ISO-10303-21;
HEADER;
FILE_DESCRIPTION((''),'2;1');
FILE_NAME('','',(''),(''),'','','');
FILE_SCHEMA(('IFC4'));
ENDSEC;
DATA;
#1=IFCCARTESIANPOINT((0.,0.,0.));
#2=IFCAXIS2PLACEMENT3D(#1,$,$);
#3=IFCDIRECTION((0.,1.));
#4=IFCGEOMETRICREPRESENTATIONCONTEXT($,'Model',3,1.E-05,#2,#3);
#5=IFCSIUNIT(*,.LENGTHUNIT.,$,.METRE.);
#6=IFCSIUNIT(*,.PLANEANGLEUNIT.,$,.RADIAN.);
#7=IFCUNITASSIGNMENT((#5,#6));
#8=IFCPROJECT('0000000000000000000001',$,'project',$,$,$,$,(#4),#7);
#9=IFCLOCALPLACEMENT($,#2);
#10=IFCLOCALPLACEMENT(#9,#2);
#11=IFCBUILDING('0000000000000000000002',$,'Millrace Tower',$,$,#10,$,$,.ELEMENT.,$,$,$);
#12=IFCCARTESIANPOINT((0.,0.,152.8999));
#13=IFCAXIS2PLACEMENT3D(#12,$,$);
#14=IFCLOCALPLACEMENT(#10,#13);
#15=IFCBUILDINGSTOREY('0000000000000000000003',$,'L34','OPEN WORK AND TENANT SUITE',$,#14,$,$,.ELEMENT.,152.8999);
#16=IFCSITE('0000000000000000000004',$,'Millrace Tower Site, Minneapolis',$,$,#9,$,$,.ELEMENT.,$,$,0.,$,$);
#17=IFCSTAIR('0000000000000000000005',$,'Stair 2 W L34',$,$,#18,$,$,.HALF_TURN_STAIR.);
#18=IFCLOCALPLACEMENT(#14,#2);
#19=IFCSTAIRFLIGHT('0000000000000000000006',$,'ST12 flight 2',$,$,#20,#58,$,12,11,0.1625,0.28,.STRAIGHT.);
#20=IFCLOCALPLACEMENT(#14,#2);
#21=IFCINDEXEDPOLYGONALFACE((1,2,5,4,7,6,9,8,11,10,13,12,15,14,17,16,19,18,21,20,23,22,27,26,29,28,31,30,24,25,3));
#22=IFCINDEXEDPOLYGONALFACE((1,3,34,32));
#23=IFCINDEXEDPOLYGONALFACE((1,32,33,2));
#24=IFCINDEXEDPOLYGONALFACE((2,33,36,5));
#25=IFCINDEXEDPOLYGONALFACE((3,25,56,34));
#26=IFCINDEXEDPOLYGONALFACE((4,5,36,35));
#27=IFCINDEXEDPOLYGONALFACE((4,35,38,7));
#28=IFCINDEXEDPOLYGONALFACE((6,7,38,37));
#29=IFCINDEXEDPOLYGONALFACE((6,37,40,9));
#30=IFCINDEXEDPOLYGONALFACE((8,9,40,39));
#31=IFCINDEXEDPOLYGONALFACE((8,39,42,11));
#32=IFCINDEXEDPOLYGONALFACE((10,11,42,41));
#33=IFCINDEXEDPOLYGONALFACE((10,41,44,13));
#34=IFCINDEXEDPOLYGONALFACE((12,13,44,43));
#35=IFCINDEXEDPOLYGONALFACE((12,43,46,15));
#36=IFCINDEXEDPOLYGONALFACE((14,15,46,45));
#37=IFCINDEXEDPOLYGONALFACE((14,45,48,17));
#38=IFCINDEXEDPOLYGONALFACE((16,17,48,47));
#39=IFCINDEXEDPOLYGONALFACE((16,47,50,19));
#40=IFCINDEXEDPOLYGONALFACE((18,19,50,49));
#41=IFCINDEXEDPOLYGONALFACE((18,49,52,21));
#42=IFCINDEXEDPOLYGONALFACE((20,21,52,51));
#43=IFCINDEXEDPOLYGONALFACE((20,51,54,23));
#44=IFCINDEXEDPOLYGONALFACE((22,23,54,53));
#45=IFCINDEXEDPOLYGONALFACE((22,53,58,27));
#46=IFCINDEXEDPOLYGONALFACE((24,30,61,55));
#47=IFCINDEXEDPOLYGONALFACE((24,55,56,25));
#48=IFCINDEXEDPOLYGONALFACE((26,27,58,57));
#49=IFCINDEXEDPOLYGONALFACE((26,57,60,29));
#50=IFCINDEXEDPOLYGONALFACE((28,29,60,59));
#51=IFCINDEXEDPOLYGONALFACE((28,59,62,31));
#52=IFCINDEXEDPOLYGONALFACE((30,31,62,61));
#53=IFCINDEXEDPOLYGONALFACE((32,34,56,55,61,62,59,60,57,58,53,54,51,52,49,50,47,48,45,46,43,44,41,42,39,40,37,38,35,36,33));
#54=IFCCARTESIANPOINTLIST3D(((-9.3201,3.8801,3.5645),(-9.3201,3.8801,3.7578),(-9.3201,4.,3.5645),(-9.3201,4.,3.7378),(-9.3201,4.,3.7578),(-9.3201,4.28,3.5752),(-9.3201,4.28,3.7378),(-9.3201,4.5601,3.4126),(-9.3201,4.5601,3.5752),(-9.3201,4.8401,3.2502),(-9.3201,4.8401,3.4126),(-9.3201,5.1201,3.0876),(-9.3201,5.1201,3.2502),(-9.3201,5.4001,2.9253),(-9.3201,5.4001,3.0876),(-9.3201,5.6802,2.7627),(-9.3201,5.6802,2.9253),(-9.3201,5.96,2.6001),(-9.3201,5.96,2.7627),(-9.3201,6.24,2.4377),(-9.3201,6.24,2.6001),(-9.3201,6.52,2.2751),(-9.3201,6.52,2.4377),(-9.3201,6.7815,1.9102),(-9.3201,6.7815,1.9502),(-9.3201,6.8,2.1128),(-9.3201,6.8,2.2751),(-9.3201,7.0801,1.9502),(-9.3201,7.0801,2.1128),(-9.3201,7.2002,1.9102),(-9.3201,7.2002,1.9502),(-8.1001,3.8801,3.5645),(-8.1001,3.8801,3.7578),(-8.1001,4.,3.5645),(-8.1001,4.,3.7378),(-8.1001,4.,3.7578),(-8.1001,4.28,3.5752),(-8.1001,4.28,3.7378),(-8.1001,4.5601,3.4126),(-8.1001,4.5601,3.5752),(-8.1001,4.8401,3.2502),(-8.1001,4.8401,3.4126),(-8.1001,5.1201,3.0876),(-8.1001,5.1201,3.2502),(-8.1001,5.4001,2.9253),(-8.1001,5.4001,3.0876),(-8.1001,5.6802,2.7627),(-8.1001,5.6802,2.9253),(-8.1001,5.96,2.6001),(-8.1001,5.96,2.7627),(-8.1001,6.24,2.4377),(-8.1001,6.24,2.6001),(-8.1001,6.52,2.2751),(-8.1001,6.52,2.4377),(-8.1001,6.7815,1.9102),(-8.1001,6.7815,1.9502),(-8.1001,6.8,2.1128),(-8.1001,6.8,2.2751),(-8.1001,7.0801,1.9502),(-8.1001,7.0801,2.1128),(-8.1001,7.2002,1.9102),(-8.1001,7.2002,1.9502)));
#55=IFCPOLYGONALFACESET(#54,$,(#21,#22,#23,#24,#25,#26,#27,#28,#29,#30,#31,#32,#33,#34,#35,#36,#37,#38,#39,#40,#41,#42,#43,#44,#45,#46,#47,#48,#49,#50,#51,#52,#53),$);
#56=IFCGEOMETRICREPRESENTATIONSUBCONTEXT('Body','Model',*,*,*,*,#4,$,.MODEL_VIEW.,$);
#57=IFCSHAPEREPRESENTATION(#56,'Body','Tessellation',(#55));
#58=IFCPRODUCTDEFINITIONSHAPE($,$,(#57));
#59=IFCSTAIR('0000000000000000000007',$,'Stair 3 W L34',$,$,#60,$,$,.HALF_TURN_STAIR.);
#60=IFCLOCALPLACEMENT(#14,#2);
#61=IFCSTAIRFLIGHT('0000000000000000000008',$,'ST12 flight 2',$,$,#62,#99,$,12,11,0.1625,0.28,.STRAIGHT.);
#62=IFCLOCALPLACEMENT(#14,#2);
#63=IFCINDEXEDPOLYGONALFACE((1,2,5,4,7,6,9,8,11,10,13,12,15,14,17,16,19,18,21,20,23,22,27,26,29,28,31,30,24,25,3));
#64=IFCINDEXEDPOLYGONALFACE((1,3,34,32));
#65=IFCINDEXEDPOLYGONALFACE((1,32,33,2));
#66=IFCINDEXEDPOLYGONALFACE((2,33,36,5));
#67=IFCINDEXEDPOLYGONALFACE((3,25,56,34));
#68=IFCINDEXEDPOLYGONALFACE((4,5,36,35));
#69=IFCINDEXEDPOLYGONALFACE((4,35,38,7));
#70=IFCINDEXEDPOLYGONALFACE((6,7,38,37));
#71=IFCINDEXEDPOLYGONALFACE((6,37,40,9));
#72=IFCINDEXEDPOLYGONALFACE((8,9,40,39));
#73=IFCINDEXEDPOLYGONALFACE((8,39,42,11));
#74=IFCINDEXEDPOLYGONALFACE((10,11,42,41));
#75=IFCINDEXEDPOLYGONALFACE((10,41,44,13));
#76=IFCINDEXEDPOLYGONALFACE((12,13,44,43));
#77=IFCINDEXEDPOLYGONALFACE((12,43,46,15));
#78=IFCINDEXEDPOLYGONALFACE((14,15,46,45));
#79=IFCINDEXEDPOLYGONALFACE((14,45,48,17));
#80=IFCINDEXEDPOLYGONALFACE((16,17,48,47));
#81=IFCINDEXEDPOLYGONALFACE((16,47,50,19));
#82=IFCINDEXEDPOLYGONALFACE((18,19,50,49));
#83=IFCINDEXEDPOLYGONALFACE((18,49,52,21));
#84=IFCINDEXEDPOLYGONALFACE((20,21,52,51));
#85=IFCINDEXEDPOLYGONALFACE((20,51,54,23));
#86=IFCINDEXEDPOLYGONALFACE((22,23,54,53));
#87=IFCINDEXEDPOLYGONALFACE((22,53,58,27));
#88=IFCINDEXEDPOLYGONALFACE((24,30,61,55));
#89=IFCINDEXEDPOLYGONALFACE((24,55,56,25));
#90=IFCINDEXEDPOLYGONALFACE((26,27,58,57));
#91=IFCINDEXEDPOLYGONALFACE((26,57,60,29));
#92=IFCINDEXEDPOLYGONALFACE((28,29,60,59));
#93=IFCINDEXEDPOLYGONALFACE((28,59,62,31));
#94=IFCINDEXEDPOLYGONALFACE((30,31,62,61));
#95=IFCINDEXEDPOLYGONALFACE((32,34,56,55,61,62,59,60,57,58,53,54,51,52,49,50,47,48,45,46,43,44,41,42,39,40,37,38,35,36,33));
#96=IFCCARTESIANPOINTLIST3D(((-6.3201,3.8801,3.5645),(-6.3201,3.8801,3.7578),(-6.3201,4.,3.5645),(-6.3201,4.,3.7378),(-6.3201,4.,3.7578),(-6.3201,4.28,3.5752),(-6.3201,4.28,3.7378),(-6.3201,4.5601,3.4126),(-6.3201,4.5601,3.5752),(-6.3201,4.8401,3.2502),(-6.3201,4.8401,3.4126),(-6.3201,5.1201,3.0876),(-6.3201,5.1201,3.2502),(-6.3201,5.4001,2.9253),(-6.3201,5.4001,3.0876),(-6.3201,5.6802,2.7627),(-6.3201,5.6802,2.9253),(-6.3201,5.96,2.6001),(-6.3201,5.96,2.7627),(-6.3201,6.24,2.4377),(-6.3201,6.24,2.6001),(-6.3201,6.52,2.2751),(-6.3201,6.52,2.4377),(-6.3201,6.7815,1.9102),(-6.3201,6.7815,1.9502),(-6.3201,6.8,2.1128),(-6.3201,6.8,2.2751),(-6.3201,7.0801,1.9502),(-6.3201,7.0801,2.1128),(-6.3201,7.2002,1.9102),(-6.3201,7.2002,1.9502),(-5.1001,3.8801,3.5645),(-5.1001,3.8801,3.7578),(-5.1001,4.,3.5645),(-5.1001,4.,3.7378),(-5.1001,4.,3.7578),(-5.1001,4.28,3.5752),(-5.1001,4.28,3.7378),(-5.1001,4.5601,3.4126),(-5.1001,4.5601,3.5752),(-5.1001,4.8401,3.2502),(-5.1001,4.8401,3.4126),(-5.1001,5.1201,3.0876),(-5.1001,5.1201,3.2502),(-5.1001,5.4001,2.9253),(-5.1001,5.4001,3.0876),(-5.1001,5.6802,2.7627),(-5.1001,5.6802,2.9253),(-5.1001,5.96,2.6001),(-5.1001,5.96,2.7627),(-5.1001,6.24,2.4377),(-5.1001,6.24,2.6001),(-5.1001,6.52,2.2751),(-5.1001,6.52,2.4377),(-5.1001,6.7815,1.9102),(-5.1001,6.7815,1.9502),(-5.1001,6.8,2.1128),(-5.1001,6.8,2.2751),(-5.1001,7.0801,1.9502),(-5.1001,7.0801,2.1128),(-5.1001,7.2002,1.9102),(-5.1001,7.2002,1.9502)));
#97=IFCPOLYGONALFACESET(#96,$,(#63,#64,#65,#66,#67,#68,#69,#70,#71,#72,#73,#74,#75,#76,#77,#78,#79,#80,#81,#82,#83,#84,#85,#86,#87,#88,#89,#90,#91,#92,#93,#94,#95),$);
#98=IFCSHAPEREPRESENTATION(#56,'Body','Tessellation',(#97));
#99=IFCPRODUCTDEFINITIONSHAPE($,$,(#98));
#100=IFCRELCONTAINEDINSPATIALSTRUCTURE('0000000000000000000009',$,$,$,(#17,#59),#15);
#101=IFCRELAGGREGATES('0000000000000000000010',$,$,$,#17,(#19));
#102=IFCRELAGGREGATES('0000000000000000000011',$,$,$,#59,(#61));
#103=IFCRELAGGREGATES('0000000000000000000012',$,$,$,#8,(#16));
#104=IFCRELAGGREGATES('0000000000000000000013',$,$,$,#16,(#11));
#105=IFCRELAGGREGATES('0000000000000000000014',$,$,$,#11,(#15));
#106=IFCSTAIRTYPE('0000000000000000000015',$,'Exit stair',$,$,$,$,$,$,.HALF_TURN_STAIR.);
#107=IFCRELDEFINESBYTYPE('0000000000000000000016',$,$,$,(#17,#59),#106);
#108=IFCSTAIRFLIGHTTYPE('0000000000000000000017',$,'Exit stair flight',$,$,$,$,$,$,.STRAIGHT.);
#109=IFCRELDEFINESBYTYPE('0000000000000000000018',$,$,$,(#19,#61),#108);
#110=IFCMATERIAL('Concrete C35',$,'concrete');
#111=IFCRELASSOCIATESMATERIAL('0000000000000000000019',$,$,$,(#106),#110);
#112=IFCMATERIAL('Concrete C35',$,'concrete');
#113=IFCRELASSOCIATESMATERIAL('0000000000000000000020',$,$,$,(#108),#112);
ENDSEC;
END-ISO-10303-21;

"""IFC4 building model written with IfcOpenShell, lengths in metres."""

from ifc_helpers import new_model, si_unit, direction, frame, origin, place, context, subcontext, project, spatial, polyline, outline, extrude, material, type_object, element, aggregate, save


model = new_model("IFC4")

# Units and contexts
model_context = context("Model", 3, precision=1e-05, world=origin(), true_north=direction((0.0, 1.0)))
body_context = subcontext(model_context, "Body", "Model", "MODEL_VIEW")
ifc_project = project(units=[si_unit("LENGTHUNIT", "METRE"), si_unit("PLANEANGLEUNIT", "RADIAN")], contexts=[model_context])

# Site, building, storey
site_placement = place(None, origin())
site = spatial("IfcSite", under=ifc_project, at=site_placement, Name="Millrace Tower Site, Minneapolis", CompositionType="ELEMENT", RefElevation=0.0)
building_placement = place(site_placement, origin())
building = spatial("IfcBuilding", under=site, at=building_placement, Name="Millrace Tower", CompositionType="ELEMENT")
storey_placement = place(building_placement, frame((0.0, 0.0, 152.8999)))
storey = spatial("IfcBuildingStorey", under=building, at=storey_placement, Name="L34", Description="OPEN WORK AND TENANT SUITE", CompositionType="ELEMENT", Elevation=152.8999)

# Shared definitions
placement = place(storey_placement, origin())

# Stairs, stair flights
ifc_material_1 = material(Name="Concrete C35", Category="concrete")
stair_type = type_object("IfcStairType", Name="Exit stair", PredefinedType="HALF_TURN_STAIR", material=ifc_material_1)
stair_1 = element("IfcStair", 1, at=placement, inside=storey, type_object=stair_type, Name="Stair 2 W L34", PredefinedType="HALF_TURN_STAIR")
ifc_material_2 = material(Name="Concrete C35", Category="concrete")
stair_flight_type = type_object("IfcStairFlightType", Name="Exit stair flight", PredefinedType="STRAIGHT", material=ifc_material_2)
stair_flight_1_placement = place(storey_placement, frame((-8.71, 7.0801, 1.9502), z_axis=(0.0, 0.0, 1.0), x_axis=(0.0, -1.0, 0.0)))
stair_flight_1 = element("IfcStairFlight", 2, at=stair_flight_1_placement, type_object=stair_flight_type, Name="ST12 flight 2", NumberOfRisers=12, NumberOfTreads=11, PredefinedType="STRAIGHT", RiserHeight=0.1625, TreadLength=0.28, context=body_context, shape_type="SweptSolid", body=[
    extrude(outline(polyline([(-0.1201, -0.04), (-0.1201, 0.0), (0.0, 0.0), (0.0, 0.1626), (0.28, 0.1626), (0.28, 0.325), (0.5601, 0.325), (0.5601, 0.4875), (0.8401, 0.4875), (0.8401, 0.6499), (1.1201, 0.6499), (1.1201, 0.8125), (1.3999, 0.8125), (1.3999, 0.9751), (1.6799, 0.9751), (1.6799, 1.1375), (1.96, 1.1375), (1.96, 1.3), (2.24, 1.3), (2.24, 1.4624), (2.52, 1.4624), (2.52, 1.625), (2.8, 1.625), (2.8, 1.7876), (3.0801, 1.7876), (3.0801, 1.8076), (3.2, 1.8076), (3.2, 1.6143), (3.0801, 1.6143), (0.2986, 0.0), (0.2986, -0.04), (-0.1201, -0.04)])), frame((0.0, 0.6099, 0.0), z_axis=(0.0, -1.0, 0.0), x_axis=(1.0, 0.0, 0.0)), (0.0, 0.0, 1.0), 1.22),
])
aggregate(stair_1, [stair_flight_1])
stair_2 = element("IfcStair", 3, at=placement, inside=storey, type_object=stair_type, Name="Stair 3 W L34", PredefinedType="HALF_TURN_STAIR")
stair_flight_2_placement = place(storey_placement, frame((-5.71, 7.0801, 1.9502), z_axis=(0.0, 0.0, 1.0), x_axis=(0.0, -1.0, 0.0)))
stair_flight_2 = element("IfcStairFlight", 4, at=stair_flight_2_placement, type_object=stair_flight_type, Name="ST12 flight 2", NumberOfRisers=12, NumberOfTreads=11, PredefinedType="STRAIGHT", RiserHeight=0.1625, TreadLength=0.28, context=body_context, shape_type="SweptSolid", body=[
    extrude(outline(polyline([(-0.1201, -0.04), (-0.1201, 0.0), (0.0, 0.0), (0.0, 0.1626), (0.28, 0.1626), (0.28, 0.325), (0.5601, 0.325), (0.5601, 0.4875), (0.8401, 0.4875), (0.8401, 0.6499), (1.1201, 0.6499), (1.1201, 0.8125), (1.3999, 0.8125), (1.3999, 0.9751), (1.6799, 0.9751), (1.6799, 1.1375), (1.96, 1.1375), (1.96, 1.3), (2.24, 1.3), (2.24, 1.4624), (2.52, 1.4624), (2.52, 1.625), (2.8, 1.625), (2.8, 1.7876), (3.0801, 1.7876), (3.0801, 1.8076), (3.2, 1.8076), (3.2, 1.6143), (3.0801, 1.6143), (0.2986, 0.0), (0.2986, -0.04), (-0.1201, -0.04)])), frame((0.0, 0.6099, 0.0), z_axis=(0.0, -1.0, 0.0), x_axis=(1.0, 0.0, 0.0)), (0.0, 0.0, 1.0), 1.22),
])
aggregate(stair_2, [stair_flight_2])

save(model, "model.ifc")
